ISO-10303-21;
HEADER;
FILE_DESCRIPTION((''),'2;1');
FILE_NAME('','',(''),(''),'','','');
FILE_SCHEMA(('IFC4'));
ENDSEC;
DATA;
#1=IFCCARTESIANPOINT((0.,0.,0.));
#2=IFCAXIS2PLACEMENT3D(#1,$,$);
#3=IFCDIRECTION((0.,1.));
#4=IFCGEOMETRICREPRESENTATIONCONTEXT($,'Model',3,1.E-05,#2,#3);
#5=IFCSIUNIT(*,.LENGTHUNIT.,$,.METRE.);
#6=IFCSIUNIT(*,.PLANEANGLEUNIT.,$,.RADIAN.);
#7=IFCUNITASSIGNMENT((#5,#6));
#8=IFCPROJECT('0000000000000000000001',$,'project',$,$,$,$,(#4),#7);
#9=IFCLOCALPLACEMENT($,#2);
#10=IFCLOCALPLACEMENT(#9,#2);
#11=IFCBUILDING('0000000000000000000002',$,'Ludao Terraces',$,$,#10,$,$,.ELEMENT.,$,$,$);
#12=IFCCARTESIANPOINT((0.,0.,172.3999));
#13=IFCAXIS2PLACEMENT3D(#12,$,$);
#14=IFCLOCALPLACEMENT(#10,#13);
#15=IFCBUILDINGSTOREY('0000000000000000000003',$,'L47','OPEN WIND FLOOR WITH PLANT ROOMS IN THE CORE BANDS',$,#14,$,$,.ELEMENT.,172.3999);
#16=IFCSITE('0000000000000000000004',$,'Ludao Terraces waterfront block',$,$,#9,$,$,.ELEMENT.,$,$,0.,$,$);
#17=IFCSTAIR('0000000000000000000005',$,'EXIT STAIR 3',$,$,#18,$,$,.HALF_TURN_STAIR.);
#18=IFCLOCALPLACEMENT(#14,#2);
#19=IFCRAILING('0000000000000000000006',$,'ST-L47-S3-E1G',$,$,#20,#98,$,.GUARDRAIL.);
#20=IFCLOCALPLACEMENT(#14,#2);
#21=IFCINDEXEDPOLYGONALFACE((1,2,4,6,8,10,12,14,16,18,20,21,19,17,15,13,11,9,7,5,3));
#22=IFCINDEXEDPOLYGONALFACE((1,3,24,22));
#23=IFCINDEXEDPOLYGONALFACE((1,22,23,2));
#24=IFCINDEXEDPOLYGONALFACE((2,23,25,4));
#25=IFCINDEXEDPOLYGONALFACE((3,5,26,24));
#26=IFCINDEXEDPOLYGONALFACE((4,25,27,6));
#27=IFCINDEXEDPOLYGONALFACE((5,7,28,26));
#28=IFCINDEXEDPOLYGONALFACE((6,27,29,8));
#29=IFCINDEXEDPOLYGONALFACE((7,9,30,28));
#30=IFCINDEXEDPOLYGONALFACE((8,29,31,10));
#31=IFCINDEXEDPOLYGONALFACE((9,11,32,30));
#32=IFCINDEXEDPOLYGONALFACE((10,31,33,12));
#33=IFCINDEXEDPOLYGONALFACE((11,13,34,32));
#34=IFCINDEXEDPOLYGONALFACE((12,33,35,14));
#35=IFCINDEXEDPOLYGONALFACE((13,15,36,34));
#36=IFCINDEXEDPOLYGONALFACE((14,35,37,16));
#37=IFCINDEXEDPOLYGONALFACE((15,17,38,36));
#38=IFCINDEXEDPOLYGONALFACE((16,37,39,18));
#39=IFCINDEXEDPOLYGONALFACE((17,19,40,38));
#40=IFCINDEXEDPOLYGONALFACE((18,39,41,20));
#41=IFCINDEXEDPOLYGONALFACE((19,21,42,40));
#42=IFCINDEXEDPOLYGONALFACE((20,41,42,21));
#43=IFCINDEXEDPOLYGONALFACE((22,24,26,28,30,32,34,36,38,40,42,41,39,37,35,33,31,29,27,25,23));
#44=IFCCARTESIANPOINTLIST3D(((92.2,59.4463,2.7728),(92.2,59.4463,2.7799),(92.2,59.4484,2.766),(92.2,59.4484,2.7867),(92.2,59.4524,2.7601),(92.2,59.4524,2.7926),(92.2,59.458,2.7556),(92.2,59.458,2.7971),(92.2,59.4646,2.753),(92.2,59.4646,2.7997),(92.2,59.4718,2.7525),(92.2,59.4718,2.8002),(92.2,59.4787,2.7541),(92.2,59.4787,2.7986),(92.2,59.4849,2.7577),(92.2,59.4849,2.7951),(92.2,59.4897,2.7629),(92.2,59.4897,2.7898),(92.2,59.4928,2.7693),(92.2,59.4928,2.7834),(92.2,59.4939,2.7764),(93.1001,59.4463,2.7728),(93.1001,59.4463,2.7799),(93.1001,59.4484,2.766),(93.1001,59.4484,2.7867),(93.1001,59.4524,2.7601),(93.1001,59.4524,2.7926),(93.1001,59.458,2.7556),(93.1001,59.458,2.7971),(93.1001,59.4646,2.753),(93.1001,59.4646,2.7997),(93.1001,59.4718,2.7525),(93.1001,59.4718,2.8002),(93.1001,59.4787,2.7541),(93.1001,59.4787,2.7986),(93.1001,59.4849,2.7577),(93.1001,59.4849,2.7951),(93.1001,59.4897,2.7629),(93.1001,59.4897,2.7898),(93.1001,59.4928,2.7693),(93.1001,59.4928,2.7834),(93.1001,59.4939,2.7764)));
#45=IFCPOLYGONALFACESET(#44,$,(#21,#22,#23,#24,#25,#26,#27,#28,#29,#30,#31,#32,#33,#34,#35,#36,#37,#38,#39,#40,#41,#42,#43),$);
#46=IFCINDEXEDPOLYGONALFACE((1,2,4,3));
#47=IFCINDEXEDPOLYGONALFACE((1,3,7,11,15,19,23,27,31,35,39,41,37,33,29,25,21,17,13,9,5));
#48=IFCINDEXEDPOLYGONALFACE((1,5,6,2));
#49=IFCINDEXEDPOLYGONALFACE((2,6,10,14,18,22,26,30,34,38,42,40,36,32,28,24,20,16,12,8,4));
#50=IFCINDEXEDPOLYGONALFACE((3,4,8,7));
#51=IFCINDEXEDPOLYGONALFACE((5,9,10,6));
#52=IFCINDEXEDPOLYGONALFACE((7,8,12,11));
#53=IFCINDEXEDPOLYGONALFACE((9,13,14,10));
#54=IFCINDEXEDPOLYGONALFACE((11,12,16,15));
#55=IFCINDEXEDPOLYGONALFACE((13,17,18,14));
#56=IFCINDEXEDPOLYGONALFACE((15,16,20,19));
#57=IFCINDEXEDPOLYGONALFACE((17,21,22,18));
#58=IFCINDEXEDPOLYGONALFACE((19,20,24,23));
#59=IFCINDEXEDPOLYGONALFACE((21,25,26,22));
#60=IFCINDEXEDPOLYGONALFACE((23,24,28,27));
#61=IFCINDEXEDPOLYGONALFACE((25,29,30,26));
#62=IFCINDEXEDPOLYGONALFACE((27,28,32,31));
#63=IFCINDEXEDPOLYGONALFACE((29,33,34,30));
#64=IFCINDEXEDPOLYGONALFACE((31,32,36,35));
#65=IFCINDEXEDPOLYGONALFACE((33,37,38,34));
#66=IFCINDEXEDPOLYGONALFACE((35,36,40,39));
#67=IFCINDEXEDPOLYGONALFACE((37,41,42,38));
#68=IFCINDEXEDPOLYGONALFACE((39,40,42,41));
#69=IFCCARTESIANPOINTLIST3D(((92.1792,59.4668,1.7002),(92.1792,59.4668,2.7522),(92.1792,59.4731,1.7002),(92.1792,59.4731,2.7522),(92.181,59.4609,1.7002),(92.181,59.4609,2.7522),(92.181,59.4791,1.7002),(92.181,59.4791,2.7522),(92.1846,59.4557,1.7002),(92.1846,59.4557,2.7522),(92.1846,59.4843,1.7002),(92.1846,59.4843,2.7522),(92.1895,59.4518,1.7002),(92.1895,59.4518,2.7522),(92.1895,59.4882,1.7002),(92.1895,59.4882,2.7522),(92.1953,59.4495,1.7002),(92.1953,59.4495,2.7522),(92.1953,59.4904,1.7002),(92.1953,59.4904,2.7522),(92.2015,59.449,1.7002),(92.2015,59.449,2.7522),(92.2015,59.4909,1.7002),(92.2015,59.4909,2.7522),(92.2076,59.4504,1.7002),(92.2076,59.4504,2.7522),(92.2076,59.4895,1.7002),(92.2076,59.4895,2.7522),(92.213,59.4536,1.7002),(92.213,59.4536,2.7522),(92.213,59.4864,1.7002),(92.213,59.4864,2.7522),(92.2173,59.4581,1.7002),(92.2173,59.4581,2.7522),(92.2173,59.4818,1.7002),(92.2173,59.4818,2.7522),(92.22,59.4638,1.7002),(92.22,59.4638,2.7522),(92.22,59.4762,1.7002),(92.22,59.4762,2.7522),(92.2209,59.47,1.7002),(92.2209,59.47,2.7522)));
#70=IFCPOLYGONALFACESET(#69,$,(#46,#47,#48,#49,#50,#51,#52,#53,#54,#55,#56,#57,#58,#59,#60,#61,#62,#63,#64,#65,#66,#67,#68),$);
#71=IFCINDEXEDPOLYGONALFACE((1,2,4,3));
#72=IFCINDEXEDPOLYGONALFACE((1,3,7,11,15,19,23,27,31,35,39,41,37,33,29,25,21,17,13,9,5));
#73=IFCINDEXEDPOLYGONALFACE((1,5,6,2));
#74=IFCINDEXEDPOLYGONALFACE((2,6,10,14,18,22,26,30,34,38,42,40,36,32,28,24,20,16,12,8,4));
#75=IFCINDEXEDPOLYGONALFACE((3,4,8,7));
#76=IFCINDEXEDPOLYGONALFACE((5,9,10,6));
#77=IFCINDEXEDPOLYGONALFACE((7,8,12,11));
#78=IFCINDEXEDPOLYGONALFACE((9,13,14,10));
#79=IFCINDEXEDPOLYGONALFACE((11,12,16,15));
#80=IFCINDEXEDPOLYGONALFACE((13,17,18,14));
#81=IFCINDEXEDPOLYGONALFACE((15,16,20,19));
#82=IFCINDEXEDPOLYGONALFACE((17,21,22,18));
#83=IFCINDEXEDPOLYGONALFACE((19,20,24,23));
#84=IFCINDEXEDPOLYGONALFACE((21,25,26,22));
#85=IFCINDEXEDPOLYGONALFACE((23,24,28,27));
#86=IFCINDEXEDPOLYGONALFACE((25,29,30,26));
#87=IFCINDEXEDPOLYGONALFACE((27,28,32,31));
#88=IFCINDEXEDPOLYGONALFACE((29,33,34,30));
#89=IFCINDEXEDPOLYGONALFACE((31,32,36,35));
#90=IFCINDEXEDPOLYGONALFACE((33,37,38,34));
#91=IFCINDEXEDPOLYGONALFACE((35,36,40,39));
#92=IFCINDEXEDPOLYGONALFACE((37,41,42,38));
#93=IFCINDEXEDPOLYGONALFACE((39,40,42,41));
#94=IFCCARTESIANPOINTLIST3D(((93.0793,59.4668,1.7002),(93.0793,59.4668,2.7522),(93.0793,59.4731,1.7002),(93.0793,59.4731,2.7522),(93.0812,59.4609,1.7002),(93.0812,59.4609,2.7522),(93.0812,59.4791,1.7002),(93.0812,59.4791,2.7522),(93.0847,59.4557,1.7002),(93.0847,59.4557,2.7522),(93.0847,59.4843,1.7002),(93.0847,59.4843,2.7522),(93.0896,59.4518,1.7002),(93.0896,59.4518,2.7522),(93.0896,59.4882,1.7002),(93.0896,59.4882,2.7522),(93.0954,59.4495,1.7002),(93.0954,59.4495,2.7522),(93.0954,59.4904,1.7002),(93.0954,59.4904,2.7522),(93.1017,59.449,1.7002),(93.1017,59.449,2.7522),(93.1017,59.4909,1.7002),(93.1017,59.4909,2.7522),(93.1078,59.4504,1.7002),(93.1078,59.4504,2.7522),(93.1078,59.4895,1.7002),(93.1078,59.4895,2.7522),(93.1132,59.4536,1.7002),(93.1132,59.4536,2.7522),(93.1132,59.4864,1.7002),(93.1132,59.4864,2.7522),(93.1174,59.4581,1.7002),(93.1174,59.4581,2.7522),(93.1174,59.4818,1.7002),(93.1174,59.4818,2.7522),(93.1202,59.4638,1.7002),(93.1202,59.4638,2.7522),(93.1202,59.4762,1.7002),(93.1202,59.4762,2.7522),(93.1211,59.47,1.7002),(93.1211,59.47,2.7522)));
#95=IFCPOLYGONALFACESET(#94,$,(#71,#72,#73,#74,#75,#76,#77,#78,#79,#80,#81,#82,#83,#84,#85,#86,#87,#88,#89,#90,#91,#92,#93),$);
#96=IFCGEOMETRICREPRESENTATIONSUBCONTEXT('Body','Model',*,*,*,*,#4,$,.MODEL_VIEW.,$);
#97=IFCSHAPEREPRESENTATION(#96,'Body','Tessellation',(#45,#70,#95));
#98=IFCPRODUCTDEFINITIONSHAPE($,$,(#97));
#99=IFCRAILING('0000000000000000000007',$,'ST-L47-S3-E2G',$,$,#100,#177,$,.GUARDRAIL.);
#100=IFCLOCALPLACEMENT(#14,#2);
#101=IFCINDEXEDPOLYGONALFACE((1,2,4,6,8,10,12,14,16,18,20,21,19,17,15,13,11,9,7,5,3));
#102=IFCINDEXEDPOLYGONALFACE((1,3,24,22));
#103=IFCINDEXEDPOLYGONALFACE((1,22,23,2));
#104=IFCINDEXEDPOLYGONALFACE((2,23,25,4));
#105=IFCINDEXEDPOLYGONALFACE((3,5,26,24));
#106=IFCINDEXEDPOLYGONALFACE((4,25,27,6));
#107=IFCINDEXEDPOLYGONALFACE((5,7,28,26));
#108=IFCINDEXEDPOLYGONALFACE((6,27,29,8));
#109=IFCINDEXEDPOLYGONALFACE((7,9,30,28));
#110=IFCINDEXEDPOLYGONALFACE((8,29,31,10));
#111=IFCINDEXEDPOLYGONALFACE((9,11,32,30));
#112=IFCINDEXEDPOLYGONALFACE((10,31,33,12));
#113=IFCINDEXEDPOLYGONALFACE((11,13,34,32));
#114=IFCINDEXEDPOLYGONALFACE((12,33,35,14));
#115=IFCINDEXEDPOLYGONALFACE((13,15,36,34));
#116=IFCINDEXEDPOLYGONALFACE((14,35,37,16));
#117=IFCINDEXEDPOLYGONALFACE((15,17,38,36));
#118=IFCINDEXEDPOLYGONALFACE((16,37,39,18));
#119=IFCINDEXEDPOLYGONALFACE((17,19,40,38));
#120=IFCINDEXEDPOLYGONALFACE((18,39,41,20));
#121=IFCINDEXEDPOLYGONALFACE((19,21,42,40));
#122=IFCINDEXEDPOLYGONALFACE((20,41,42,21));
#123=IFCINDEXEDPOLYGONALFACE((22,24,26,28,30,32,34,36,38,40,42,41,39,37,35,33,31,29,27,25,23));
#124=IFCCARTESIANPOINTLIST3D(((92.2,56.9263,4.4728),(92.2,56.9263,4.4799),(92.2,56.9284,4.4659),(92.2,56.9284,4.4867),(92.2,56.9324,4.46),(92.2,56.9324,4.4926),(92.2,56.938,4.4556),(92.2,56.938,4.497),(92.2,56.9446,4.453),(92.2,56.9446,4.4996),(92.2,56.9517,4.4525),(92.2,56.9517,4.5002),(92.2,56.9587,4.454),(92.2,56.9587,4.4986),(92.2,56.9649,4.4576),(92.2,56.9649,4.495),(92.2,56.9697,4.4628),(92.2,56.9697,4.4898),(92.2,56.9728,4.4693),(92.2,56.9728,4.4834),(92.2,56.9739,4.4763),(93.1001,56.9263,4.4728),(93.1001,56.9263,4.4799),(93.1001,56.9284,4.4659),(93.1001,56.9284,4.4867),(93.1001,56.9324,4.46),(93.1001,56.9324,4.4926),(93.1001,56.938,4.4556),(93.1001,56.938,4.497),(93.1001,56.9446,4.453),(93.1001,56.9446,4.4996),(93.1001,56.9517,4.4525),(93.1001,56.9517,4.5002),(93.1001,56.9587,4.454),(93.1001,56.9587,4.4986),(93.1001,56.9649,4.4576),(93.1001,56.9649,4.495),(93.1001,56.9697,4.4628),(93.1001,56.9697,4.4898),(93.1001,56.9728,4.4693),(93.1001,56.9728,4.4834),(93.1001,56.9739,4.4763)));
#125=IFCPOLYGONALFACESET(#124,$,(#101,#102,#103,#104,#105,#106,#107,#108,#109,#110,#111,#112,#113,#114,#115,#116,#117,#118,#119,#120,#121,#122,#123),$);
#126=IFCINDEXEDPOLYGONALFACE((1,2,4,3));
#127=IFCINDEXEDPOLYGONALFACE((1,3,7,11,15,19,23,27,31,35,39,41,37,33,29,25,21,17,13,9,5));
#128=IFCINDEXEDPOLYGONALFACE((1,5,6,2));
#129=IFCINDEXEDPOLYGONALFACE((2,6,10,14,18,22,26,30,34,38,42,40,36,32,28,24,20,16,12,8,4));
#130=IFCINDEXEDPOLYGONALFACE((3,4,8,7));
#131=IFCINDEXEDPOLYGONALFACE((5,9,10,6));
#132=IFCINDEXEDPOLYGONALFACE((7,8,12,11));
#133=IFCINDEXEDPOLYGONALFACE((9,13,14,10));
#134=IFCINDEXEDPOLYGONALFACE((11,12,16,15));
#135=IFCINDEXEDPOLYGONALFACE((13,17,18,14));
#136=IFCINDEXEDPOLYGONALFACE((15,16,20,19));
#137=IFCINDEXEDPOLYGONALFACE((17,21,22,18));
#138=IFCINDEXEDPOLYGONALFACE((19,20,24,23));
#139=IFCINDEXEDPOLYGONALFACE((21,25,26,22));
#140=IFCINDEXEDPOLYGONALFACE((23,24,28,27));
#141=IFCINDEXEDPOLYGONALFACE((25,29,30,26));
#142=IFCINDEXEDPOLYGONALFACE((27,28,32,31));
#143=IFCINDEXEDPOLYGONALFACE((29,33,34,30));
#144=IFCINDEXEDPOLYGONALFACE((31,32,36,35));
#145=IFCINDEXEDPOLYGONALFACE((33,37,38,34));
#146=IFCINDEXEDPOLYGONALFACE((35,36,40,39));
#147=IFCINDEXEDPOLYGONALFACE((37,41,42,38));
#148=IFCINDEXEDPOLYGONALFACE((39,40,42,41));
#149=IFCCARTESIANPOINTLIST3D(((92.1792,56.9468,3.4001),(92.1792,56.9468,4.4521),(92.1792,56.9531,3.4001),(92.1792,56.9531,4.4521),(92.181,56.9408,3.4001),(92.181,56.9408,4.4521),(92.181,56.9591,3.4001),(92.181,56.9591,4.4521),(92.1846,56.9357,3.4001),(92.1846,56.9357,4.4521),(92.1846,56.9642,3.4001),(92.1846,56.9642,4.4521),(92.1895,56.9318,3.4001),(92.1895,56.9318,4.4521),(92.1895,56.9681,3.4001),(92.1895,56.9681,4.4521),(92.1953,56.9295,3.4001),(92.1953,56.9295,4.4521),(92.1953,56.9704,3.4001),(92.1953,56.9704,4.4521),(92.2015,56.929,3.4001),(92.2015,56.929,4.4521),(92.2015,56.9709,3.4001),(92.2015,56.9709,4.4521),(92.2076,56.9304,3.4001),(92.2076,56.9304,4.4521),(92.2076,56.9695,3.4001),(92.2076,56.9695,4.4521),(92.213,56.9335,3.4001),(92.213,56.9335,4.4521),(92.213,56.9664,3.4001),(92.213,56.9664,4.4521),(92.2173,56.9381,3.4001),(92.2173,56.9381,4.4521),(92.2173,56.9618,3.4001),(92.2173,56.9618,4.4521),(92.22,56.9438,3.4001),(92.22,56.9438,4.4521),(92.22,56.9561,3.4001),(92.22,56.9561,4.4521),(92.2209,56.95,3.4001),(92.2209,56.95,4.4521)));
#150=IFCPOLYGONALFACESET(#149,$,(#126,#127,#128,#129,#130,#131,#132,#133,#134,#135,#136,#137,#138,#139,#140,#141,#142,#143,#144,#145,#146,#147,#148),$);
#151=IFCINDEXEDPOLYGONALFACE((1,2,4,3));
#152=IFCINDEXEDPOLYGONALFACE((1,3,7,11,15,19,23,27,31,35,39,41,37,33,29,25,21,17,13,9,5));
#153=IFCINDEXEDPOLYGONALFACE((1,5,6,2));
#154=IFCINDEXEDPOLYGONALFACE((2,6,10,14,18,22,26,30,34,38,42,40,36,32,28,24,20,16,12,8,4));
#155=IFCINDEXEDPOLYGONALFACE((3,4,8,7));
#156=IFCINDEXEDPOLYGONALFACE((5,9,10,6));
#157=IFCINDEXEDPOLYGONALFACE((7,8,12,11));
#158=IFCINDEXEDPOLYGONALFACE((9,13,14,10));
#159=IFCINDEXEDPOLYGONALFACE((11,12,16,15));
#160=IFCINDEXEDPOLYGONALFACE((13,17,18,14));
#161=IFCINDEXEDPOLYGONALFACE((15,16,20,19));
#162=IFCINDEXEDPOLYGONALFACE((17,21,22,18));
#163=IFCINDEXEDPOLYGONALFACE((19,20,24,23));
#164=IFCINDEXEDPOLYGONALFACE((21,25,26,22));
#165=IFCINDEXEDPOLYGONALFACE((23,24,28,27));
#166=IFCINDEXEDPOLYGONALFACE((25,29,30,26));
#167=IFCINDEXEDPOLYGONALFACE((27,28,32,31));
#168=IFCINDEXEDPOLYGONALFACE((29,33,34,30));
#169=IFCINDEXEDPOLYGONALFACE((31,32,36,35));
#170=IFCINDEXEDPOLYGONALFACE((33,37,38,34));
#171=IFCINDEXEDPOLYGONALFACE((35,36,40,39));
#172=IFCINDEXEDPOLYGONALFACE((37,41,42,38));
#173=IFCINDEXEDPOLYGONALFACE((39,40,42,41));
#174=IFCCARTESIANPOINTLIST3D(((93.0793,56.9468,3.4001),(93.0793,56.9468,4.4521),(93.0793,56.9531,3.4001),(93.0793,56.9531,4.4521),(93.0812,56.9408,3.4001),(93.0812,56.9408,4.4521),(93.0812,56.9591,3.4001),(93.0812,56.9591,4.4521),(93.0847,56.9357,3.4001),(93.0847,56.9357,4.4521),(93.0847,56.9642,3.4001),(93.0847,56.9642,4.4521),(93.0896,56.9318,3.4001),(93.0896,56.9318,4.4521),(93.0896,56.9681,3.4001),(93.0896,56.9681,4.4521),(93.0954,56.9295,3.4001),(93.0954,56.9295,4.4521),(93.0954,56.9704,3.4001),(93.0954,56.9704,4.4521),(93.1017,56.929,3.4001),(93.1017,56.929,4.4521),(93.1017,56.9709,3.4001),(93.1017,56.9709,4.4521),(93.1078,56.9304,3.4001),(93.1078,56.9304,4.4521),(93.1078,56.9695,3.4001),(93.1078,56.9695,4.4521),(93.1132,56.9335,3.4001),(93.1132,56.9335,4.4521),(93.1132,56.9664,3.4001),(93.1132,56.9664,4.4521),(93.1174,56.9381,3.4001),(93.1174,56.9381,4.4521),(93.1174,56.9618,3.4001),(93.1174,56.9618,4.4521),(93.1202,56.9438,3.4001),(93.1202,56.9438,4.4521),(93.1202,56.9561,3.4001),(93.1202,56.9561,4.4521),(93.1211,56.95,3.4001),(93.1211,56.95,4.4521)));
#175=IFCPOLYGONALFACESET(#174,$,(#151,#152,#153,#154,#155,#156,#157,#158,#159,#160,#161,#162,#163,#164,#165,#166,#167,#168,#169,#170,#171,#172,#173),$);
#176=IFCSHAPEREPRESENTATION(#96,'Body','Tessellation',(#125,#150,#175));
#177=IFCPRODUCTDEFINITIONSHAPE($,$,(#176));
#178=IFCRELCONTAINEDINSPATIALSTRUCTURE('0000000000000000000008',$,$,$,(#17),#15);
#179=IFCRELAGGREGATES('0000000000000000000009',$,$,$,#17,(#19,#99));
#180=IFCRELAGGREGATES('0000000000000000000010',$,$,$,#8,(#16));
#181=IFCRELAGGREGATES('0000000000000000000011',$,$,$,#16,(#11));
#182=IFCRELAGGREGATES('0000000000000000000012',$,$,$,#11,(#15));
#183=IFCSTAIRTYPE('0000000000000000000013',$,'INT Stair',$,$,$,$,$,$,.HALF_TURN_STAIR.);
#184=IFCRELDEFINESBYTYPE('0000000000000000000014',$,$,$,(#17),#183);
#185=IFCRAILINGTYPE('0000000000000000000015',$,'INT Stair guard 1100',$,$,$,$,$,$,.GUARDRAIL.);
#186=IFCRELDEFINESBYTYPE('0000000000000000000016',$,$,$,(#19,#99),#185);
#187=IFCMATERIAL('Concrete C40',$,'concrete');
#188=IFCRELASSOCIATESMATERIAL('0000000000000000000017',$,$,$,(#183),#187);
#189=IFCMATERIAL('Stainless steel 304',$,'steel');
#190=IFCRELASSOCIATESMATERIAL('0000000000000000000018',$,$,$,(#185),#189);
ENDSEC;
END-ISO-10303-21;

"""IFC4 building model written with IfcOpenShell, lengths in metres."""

from ifc_helpers import new_model, si_unit, direction, frame, origin, origin_2d, place, context, subcontext, project, spatial, circle, extrude, material, type_object, element, aggregate, save


model = new_model("IFC4")

# Units and contexts
model_context = context("Model", 3, precision=1e-05, world=origin(), true_north=direction((0.0, 1.0)))
body_context = subcontext(model_context, "Body", "Model", "MODEL_VIEW")
ifc_project = project(units=[si_unit("LENGTHUNIT", "METRE"), si_unit("PLANEANGLEUNIT", "RADIAN")], contexts=[model_context])

# Site, building, storey
site_placement = place(None, origin())
site = spatial("IfcSite", under=ifc_project, at=site_placement, Name="Ludao Terraces waterfront block", CompositionType="ELEMENT", RefElevation=0.0)
building_placement = place(site_placement, origin())
building = spatial("IfcBuilding", under=site, at=building_placement, Name="Ludao Terraces", CompositionType="ELEMENT")
storey_placement = place(building_placement, frame((0.0, 0.0, 172.3999)))
storey = spatial("IfcBuildingStorey", under=building, at=storey_placement, Name="L47", Description="OPEN WIND FLOOR WITH PLANT ROOMS IN THE CORE BANDS", CompositionType="ELEMENT", Elevation=172.3999)

# Stair, railings
ifc_material_1 = material(Name="Concrete C40", Category="concrete")
stair_type = type_object("IfcStairType", Name="INT Stair", PredefinedType="HALF_TURN_STAIR", material=ifc_material_1)
stair_placement = place(storey_placement, origin())
stair = element("IfcStair", 1, at=stair_placement, inside=storey, type_object=stair_type, Name="EXIT STAIR 3", PredefinedType="HALF_TURN_STAIR")
ifc_material_2 = material(Name="Stainless steel 304", Category="steel")
railing_type_1 = type_object("IfcRailingType", Name="INT Stair guard 1100", PredefinedType="GUARDRAIL", material=ifc_material_2)
railing_1_placement = place(storey_placement, frame((92.2, 59.47, 1.7002)))
railing_1 = element("IfcRailing", 2, at=railing_1_placement, type_object=railing_type_1, Name="ST-L47-S3-E1G", PredefinedType="GUARDRAIL", context=body_context, shape_type="SweptSolid", body=[
    extrude(circle(Radius=0.0239, at=origin_2d()), frame((0.0, 0.0, 1.0762), z_axis=(1.0, 0.0, 0.0), x_axis=(0.0, 1.0, 0.0)), (0.0, 0.0, 1.0), 0.9001),
    extrude(circle(Radius=0.021, at=origin_2d()), origin(), (0.0, 0.0, 1.0), 1.052),
    extrude(circle(Radius=0.021, at=origin_2d()), frame((0.9001, 0.0, 0.0)), (0.0, 0.0, 1.0), 1.052),
])
railing_2_placement = place(storey_placement, frame((92.2, 56.95, 3.4001)))
railing_2 = element("IfcRailing", 3, at=railing_2_placement, type_object=railing_type_1, Name="ST-L47-S3-E2G", PredefinedType="GUARDRAIL", context=body_context, shape_type="SweptSolid", body=[
    extrude(circle(Radius=0.0239, at=origin_2d()), frame((0.0, 0.0, 1.0762), z_axis=(1.0, 0.0, 0.0), x_axis=(0.0, 1.0, 0.0)), (0.0, 0.0, 1.0), 0.9001),
    extrude(circle(Radius=0.021, at=origin_2d()), origin(), (0.0, 0.0, 1.0), 1.052),
    extrude(circle(Radius=0.021, at=origin_2d()), frame((0.9001, 0.0, 0.0)), (0.0, 0.0, 1.0), 1.052),
])
aggregate(stair, [railing_1, railing_2])

save(model, "model.ifc")
